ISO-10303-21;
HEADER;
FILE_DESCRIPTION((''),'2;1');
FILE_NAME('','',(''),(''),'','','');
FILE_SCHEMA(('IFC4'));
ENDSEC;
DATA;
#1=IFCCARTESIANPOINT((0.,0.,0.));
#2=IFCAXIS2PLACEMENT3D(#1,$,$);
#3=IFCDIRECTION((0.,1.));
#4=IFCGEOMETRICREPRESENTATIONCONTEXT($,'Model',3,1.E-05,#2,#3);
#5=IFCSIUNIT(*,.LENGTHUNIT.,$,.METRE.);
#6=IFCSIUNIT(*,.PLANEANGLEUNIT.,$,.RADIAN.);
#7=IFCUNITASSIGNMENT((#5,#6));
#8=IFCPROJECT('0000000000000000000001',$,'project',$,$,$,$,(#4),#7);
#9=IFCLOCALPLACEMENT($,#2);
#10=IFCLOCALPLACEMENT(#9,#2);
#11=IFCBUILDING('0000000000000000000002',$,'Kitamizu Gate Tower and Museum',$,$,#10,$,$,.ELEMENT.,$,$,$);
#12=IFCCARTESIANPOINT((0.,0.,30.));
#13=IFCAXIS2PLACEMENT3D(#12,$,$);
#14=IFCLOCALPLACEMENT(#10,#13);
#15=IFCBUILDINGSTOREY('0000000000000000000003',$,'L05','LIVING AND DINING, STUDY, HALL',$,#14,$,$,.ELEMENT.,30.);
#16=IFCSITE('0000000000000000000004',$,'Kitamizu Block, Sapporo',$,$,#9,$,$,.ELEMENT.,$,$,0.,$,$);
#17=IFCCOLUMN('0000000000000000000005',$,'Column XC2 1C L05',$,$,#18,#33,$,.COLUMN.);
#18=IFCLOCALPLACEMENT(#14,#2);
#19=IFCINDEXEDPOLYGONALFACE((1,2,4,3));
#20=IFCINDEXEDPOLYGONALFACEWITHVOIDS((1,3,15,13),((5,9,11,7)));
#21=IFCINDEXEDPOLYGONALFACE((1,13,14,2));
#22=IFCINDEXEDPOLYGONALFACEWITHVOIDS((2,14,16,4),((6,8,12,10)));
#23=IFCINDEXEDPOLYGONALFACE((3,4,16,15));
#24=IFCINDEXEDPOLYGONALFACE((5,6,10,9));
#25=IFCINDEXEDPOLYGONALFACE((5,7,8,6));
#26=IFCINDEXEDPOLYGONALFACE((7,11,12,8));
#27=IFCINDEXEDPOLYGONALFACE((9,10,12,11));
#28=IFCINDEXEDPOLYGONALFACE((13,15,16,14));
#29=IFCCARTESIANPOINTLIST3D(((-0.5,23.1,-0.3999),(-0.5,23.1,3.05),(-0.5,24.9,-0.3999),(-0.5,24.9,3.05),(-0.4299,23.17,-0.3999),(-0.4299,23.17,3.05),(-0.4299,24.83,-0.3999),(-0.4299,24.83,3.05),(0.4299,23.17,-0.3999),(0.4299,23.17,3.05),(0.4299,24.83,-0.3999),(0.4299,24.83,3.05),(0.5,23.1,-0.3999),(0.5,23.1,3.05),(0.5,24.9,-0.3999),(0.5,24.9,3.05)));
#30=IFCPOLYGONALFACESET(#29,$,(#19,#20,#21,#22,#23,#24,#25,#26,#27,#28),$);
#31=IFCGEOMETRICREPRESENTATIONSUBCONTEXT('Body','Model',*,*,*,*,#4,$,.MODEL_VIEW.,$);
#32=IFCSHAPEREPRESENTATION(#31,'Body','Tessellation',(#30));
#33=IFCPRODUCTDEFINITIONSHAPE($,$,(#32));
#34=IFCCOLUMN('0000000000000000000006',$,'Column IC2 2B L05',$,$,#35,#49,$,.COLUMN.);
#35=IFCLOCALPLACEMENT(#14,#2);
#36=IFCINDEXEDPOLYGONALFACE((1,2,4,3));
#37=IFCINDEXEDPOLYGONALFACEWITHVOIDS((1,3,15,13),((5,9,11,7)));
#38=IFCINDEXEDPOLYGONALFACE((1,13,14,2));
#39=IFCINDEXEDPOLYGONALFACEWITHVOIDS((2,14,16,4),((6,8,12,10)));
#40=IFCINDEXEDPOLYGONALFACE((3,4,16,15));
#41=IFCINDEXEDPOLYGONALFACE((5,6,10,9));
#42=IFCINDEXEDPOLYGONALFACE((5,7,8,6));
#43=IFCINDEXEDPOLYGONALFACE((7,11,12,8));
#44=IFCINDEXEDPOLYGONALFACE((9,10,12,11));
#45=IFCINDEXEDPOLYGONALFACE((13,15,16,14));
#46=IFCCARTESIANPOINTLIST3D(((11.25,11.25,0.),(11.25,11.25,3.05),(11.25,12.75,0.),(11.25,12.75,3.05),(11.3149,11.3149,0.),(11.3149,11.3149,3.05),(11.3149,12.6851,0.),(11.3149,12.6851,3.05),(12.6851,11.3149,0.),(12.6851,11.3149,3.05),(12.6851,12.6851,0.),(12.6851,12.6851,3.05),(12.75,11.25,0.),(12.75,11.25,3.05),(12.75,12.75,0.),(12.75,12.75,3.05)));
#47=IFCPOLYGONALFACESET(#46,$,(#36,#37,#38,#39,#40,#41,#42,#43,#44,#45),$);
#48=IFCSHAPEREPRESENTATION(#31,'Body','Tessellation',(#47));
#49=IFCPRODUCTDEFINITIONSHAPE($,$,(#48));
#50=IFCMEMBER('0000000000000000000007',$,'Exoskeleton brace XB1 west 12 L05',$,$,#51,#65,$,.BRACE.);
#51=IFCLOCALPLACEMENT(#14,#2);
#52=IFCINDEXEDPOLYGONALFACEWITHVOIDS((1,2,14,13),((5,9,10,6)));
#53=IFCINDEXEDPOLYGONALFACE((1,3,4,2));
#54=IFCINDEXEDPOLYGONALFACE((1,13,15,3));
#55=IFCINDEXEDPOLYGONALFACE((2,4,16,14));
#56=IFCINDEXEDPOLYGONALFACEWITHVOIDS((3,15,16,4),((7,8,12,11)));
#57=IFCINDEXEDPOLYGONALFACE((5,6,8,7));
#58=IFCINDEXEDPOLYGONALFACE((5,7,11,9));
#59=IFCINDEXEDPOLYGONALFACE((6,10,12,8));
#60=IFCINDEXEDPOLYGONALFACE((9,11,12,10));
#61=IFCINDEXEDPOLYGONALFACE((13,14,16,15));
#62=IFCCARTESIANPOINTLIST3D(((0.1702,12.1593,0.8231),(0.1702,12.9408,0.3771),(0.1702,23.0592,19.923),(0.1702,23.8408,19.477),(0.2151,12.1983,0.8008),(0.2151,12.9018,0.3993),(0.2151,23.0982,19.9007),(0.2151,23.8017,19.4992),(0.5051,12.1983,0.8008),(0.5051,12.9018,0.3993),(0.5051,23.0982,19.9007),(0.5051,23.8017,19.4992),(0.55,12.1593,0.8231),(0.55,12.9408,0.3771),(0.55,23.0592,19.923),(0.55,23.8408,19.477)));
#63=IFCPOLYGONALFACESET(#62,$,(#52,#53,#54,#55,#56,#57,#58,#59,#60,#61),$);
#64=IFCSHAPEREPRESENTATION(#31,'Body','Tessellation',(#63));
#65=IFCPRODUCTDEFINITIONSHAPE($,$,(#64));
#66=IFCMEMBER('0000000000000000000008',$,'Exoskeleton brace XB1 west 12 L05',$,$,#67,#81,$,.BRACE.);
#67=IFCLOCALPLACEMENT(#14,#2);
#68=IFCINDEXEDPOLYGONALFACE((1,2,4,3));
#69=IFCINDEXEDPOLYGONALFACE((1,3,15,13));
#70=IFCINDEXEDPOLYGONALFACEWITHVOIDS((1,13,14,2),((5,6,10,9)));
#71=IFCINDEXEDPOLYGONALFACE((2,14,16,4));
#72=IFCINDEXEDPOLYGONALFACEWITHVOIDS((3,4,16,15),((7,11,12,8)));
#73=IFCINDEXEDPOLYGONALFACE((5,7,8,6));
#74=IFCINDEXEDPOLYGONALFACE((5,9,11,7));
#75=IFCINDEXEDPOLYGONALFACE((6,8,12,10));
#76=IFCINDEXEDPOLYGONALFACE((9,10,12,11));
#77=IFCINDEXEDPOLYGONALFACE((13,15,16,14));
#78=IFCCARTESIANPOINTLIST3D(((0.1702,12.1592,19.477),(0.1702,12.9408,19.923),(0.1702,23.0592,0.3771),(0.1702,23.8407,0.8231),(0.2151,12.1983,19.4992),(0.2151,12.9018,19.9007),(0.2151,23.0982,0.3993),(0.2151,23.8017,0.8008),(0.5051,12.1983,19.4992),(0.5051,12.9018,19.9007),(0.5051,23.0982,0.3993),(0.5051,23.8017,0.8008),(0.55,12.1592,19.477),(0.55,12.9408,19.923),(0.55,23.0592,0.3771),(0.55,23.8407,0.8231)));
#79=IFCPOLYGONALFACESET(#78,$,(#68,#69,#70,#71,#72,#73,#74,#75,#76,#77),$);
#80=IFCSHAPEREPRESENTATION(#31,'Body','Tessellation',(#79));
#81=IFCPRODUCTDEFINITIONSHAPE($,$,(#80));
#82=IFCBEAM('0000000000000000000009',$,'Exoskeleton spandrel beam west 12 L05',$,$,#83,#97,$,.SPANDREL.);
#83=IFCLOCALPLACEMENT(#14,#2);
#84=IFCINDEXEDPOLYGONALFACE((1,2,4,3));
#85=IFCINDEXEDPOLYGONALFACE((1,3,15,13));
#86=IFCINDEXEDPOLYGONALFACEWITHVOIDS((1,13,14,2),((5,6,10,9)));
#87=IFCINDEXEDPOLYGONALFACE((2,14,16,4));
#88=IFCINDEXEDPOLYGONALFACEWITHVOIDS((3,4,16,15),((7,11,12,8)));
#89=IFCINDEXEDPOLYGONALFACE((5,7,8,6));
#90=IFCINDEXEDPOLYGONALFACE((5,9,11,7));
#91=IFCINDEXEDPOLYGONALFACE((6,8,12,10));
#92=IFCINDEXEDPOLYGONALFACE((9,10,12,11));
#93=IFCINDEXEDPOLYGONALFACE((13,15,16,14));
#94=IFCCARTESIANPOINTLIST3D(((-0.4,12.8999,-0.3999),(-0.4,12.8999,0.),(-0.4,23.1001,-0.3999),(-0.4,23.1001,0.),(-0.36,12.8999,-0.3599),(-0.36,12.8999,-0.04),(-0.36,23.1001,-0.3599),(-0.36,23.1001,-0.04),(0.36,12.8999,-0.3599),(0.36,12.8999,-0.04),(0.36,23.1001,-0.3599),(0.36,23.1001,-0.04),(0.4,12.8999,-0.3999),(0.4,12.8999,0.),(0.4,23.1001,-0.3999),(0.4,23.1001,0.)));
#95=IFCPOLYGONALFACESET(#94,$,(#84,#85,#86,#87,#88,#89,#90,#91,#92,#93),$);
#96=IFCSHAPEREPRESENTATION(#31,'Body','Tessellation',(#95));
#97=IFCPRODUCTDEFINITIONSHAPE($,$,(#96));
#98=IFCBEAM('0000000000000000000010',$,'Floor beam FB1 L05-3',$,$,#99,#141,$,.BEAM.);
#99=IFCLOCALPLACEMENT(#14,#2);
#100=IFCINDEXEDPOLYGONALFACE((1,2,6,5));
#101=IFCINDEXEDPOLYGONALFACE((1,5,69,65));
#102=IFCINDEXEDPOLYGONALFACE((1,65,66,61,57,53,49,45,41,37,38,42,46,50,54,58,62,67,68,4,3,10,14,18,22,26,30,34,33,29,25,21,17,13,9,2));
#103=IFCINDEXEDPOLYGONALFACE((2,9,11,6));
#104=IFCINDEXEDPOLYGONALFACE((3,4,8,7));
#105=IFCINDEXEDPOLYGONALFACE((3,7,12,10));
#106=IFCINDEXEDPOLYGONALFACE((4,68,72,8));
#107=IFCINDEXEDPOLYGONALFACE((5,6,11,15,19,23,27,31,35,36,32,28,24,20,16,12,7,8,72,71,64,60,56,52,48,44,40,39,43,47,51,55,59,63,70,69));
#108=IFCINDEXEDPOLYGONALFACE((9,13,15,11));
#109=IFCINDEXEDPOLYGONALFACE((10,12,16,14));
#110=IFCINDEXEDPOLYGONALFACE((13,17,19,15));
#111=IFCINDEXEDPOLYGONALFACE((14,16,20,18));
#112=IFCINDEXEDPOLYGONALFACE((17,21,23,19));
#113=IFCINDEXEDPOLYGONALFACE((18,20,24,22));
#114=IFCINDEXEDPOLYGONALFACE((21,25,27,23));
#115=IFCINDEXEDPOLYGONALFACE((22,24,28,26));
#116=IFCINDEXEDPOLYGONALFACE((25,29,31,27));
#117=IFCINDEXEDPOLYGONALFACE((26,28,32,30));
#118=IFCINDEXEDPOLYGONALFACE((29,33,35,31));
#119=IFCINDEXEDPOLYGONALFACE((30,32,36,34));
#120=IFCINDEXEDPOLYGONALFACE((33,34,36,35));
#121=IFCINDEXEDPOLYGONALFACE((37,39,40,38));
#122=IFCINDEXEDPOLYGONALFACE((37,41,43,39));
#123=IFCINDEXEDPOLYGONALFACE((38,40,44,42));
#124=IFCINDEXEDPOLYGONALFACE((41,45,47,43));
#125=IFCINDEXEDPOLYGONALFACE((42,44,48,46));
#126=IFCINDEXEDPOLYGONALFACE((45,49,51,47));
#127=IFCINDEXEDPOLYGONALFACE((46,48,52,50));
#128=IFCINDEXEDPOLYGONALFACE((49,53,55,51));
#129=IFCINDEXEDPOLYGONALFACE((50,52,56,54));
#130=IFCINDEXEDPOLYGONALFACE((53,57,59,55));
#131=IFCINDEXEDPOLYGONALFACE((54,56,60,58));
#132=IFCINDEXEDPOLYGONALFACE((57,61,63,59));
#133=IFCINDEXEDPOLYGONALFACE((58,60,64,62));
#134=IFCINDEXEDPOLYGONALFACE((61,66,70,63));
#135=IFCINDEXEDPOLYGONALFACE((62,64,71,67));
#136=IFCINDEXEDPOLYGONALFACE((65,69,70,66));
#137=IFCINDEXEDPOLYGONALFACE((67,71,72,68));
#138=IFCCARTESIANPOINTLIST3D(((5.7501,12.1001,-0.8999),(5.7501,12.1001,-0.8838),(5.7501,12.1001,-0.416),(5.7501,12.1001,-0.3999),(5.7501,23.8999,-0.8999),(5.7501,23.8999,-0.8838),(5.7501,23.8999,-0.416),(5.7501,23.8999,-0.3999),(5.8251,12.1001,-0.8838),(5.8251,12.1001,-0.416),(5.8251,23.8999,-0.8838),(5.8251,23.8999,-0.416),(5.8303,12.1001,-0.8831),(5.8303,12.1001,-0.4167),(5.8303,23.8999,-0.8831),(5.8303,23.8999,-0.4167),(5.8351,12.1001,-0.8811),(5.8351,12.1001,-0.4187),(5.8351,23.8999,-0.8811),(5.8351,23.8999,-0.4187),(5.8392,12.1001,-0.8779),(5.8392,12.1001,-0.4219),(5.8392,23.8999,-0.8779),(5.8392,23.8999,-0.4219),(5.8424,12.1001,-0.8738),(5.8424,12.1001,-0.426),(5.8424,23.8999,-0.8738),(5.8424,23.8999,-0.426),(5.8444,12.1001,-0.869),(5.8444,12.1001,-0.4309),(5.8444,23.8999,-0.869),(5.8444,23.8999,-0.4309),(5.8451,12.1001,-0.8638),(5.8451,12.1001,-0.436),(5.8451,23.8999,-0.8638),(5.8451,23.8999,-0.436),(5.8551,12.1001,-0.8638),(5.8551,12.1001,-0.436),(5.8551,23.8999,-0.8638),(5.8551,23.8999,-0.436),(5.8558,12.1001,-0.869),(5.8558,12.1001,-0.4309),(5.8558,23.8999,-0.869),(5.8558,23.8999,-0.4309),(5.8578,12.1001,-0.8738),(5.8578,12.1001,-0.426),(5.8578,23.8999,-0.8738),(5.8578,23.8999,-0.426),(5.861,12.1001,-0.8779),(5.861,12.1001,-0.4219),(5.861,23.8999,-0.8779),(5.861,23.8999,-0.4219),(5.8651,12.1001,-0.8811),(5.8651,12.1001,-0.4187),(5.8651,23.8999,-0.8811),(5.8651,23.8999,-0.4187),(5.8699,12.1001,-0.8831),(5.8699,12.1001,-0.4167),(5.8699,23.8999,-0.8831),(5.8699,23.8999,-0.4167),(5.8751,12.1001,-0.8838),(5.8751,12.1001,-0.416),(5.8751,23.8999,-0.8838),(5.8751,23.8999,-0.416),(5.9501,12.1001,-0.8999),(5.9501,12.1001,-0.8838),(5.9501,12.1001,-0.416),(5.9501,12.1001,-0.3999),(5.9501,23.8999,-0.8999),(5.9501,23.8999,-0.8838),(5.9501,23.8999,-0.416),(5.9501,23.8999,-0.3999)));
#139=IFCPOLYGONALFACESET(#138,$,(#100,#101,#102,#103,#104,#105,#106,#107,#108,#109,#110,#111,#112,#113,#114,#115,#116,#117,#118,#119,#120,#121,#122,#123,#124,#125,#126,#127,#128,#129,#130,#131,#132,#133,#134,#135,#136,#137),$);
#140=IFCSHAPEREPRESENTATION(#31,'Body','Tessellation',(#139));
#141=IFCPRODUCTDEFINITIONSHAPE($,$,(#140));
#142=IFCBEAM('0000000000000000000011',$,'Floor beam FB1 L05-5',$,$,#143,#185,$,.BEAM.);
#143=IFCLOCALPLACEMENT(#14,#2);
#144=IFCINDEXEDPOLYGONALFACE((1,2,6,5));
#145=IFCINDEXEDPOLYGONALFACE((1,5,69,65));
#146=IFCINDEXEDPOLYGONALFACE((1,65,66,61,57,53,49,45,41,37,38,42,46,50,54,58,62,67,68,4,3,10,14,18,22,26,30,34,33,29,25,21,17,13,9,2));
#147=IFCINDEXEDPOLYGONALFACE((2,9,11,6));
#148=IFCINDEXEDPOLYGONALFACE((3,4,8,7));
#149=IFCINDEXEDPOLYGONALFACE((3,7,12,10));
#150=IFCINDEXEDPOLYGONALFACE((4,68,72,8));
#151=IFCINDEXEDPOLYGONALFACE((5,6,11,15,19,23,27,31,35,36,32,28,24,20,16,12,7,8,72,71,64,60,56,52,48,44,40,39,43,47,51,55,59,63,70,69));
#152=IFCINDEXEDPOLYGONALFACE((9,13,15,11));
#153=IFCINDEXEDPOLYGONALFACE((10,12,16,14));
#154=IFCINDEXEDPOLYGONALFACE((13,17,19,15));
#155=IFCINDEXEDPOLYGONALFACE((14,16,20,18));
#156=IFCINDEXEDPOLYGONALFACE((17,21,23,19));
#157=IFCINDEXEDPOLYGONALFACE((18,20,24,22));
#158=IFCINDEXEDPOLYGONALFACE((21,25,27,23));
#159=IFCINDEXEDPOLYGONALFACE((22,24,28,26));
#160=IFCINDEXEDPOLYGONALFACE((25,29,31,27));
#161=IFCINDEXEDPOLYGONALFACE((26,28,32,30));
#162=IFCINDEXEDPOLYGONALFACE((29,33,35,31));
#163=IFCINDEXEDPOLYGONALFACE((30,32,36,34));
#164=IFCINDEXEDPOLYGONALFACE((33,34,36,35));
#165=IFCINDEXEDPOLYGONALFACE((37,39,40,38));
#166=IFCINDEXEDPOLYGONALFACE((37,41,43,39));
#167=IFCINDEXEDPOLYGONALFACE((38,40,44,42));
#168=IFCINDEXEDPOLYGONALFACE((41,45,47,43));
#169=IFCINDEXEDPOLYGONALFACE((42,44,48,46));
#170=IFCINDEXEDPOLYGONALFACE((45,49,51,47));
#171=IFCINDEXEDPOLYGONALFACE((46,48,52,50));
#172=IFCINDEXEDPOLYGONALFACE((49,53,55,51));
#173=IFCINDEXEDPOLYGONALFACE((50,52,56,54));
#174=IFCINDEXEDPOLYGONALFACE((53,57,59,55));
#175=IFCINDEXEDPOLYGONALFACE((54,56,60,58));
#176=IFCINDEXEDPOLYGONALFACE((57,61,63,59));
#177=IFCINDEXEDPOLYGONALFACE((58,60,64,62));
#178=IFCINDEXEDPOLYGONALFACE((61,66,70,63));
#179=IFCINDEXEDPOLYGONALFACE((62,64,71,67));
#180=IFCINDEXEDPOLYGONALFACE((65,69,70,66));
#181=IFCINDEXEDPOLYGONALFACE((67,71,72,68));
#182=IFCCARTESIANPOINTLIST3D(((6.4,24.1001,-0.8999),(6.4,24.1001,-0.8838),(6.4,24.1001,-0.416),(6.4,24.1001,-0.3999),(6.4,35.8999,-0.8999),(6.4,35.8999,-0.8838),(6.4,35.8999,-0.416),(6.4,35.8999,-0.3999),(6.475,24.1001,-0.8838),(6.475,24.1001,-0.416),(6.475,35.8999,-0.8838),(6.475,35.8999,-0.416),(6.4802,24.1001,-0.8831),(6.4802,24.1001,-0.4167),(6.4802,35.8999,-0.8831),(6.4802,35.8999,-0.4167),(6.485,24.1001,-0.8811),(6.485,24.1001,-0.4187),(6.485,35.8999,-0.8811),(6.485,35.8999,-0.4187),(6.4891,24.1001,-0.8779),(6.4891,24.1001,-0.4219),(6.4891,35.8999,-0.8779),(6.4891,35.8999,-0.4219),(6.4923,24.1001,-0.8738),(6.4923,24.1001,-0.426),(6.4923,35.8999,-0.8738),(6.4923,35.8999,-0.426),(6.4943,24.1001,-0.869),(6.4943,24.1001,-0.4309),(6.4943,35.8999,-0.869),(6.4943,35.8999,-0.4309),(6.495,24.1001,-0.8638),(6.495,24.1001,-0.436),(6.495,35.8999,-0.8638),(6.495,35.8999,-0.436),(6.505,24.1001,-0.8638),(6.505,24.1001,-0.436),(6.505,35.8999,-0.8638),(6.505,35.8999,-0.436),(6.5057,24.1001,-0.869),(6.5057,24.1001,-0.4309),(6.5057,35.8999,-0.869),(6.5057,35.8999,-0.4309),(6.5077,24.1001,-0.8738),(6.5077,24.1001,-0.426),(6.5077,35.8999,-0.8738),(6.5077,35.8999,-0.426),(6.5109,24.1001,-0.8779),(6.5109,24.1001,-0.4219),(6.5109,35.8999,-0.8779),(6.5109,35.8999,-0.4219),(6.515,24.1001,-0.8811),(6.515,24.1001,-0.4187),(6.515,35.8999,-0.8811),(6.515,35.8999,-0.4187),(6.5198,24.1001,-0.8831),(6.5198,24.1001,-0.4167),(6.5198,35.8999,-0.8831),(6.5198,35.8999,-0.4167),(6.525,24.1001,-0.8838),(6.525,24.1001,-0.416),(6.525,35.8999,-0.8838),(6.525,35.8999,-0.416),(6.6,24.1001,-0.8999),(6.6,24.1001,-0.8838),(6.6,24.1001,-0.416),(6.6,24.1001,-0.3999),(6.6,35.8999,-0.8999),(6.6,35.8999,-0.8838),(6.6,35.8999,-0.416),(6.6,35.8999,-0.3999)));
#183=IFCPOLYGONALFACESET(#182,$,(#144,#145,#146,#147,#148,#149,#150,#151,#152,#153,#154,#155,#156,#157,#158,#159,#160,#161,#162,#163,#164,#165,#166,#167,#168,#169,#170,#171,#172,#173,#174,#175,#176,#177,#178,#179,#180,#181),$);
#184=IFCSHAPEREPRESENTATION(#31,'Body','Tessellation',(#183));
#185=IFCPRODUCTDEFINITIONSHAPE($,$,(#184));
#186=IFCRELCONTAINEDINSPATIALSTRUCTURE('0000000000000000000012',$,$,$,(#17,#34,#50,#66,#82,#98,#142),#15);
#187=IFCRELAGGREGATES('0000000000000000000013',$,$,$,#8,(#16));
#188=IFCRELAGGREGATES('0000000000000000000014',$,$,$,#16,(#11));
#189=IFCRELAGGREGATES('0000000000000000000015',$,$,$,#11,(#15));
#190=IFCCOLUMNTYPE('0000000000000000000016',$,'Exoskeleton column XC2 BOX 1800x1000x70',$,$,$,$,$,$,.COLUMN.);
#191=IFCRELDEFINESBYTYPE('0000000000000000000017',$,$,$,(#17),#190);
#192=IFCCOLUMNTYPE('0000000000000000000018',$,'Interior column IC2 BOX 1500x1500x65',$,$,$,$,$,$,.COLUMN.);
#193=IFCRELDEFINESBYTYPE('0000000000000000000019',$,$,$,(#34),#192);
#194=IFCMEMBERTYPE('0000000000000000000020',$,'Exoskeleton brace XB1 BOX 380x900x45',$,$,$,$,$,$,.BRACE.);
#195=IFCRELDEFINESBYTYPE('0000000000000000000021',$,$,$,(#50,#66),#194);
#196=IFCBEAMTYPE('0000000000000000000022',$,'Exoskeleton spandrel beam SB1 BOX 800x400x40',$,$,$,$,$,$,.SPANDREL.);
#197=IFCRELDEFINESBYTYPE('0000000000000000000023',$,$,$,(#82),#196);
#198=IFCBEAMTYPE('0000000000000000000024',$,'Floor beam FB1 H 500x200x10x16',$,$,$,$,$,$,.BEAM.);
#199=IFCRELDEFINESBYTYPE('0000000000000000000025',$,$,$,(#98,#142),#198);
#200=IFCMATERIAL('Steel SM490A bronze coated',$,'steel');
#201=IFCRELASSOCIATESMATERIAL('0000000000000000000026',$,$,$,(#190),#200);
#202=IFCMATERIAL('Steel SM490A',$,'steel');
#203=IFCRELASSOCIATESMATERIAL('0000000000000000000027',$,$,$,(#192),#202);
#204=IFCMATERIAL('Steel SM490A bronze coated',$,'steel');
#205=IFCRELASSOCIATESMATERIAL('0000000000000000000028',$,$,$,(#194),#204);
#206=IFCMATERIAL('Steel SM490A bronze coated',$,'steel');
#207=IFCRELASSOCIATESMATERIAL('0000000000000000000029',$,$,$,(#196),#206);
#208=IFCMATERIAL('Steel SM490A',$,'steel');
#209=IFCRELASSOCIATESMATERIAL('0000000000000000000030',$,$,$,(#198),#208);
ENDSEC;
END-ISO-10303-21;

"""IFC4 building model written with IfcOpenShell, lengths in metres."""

from ifc_helpers import new_model, si_unit, direction, frame, origin, origin_2d, place, context, subcontext, project, spatial, hollow_rectangle, i_section, extrude, material, material_profile, profile_set, type_object, element, save


model = new_model("IFC4")

# Units and contexts
model_context = context("Model", 3, precision=1e-05, world=origin(), true_north=direction((0.0, 1.0)))
body_context = subcontext(model_context, "Body", "Model", "MODEL_VIEW")
ifc_project = project(units=[si_unit("LENGTHUNIT", "METRE"), si_unit("PLANEANGLEUNIT", "RADIAN")], contexts=[model_context])

# Site, building, storey
site_placement = place(None, origin())
site = spatial("IfcSite", under=ifc_project, at=site_placement, Name="Kitamizu Block, Sapporo", CompositionType="ELEMENT", RefElevation=0.0)
building_placement = place(site_placement, origin())
building = spatial("IfcBuilding", under=site, at=building_placement, Name="Kitamizu Gate Tower and Museum", CompositionType="ELEMENT")
storey_placement = place(building_placement, frame((0.0, 0.0, 30.0)))
storey = spatial("IfcBuildingStorey", under=building, at=storey_placement, Name="L05", Description="LIVING AND DINING, STUDY, HALL", CompositionType="ELEMENT", Elevation=30.0)

# Columns
ifc_material_1 = material(Name="Steel SM490A bronze coated", Category="steel")
ifc_material_profile_1 = material_profile(ifc_material_1, hollow_rectangle(XDim=1.8, YDim=1.0, WallThickness=0.0701, at=origin_2d()), Name="BOX 1800x1000x70")
ifc_profile_set_1 = profile_set([ifc_material_profile_1], Name="Steel SM490A bronze coated")
column_type_1 = type_object("IfcColumnType", Name="Exoskeleton column XC2 BOX 1800x1000x70", PredefinedType="COLUMN", material=ifc_profile_set_1)
column_1_placement = place(storey_placement, frame((0.0, 24.0, -0.3999), z_axis=(0.0, 0.0, 1.0), x_axis=(0.0, 1.0, 0.0)))
element("IfcColumn", 1, at=column_1_placement, inside=storey, type_object=column_type_1, Name="Column XC2 1C L05", PredefinedType="COLUMN", context=body_context, shape_type="SweptSolid", body=[
    extrude(hollow_rectangle(XDim=1.8, YDim=1.0, WallThickness=0.0701, at=origin_2d()), origin(), (0.0, 0.0, 1.0), 3.45),
])
ifc_material_2 = material(Name="Steel SM490A", Category="steel")
ifc_material_profile_2 = material_profile(ifc_material_2, hollow_rectangle(XDim=1.5, YDim=1.5, WallThickness=0.0649, at=origin_2d()), Name="BOX 1500x1500x65")
ifc_profile_set_2 = profile_set([ifc_material_profile_2], Name="Steel SM490A")
column_type_2 = type_object("IfcColumnType", Name="Interior column IC2 BOX 1500x1500x65", PredefinedType="COLUMN", material=ifc_profile_set_2)
column_2_placement = place(storey_placement, frame((12.0, 12.0, 0.0), z_axis=(0.0, 0.0, 1.0), x_axis=(1.0, 0.0, 0.0)))
element("IfcColumn", 2, at=column_2_placement, inside=storey, type_object=column_type_2, Name="Column IC2 2B L05", PredefinedType="COLUMN", context=body_context, shape_type="SweptSolid", body=[
    extrude(hollow_rectangle(XDim=1.5, YDim=1.5, WallThickness=0.0649, at=origin_2d()), origin(), (0.0, 0.0, 1.0), 3.05),
])

# Members
ifc_material_3 = material(Name="Steel SM490A bronze coated", Category="steel")
ifc_material_profile_3 = material_profile(ifc_material_3, hollow_rectangle(XDim=0.3799, YDim=0.8999, WallThickness=0.0449, at=origin_2d()), Name="BOX 380x900x45")
ifc_profile_set_3 = profile_set([ifc_material_profile_3], Name="Steel SM490A bronze coated")
member_type = type_object("IfcMemberType", Name="Exoskeleton brace XB1 BOX 380x900x45", PredefinedType="BRACE", material=ifc_profile_set_3)
for number, where, z_axis, x_axis, name in (
    (3, (0.3601, 12.55, 0.6001), (0.0, 0.495649, 0.868523), (-1.0, 0.0, 0.0), "Exoskeleton brace XB1 west 12 L05"),
    (4, (0.3601, 23.45, 0.6001), (0.0, -0.495649, 0.868523), (1.0, 0.0, 0.0), "Exoskeleton brace XB1 west 12 L05"),
):
    element("IfcMember", number, at=place(storey_placement, frame(where, z_axis=z_axis, x_axis=x_axis)), inside=storey, type_object=member_type, Name=name, PredefinedType="BRACE", context=body_context, shape_type="SweptSolid", body=[
        extrude(hollow_rectangle(XDim=0.3799, YDim=0.8999, WallThickness=0.0449, at=origin_2d()), origin(), (0.0, 0.0, 1.0), 21.9912),
    ])

# Beams
ifc_material_4 = material(Name="Steel SM490A bronze coated", Category="steel")
ifc_material_profile_4 = material_profile(ifc_material_4, hollow_rectangle(XDim=0.8, YDim=0.3999, WallThickness=0.04, at=origin_2d()), Name="BOX 800x400x40")
ifc_profile_set_4 = profile_set([ifc_material_profile_4], Name="Steel SM490A bronze coated")
beam_type_1 = type_object("IfcBeamType", Name="Exoskeleton spandrel beam SB1 BOX 800x400x40", PredefinedType="SPANDREL", material=ifc_profile_set_4)
beam_1_placement = place(storey_placement, frame((0.0, 12.8999, -0.2), z_axis=(0.0, 1.0, 0.0), x_axis=(-1.0, 0.0, 0.0)))
element("IfcBeam", 5, at=beam_1_placement, inside=storey, type_object=beam_type_1, Name="Exoskeleton spandrel beam west 12 L05", PredefinedType="SPANDREL", context=body_context, shape_type="SweptSolid", body=[
    extrude(hollow_rectangle(XDim=0.8, YDim=0.3999, WallThickness=0.04, at=origin_2d()), origin(), (0.0, 0.0, 1.0), 10.2002),
])
ifc_material_5 = material(Name="Steel SM490A", Category="steel")
ifc_material_profile_5 = material_profile(ifc_material_5, i_section(OverallWidth=0.2, OverallDepth=0.5, WebThickness=0.01, FlangeThickness=0.0161, FilletRadius=0.02, at=origin_2d()), Name="H-500x200x10x16")
ifc_profile_set_5 = profile_set([ifc_material_profile_5], Name="Steel SM490A")
beam_type_2 = type_object("IfcBeamType", Name="Floor beam FB1 H 500x200x10x16", PredefinedType="BEAM", material=ifc_profile_set_5)
for number, where, z_axis, x_axis, name in (
    (6, (5.8501, 12.1001, -0.6499), (0.0, 1.0, 0.0), (-1.0, 0.0, 0.0), "Floor beam FB1 L05-3"),
    (7, (6.5, 24.1001, -0.6499), (0.0, 1.0, 0.0), (-1.0, 0.0, 0.0), "Floor beam FB1 L05-5"),
):
    element("IfcBeam", number, at=place(storey_placement, frame(where, z_axis=z_axis, x_axis=x_axis)), inside=storey, type_object=beam_type_2, Name=name, PredefinedType="BEAM", context=body_context, shape_type="SweptSolid", body=[
        extrude(i_section(OverallWidth=0.2, OverallDepth=0.5, WebThickness=0.01, FlangeThickness=0.0161, FilletRadius=0.02, at=origin_2d()), origin(), (0.0, 0.0, 1.0), 11.7998),
    ])

save(model, "model.ifc")
